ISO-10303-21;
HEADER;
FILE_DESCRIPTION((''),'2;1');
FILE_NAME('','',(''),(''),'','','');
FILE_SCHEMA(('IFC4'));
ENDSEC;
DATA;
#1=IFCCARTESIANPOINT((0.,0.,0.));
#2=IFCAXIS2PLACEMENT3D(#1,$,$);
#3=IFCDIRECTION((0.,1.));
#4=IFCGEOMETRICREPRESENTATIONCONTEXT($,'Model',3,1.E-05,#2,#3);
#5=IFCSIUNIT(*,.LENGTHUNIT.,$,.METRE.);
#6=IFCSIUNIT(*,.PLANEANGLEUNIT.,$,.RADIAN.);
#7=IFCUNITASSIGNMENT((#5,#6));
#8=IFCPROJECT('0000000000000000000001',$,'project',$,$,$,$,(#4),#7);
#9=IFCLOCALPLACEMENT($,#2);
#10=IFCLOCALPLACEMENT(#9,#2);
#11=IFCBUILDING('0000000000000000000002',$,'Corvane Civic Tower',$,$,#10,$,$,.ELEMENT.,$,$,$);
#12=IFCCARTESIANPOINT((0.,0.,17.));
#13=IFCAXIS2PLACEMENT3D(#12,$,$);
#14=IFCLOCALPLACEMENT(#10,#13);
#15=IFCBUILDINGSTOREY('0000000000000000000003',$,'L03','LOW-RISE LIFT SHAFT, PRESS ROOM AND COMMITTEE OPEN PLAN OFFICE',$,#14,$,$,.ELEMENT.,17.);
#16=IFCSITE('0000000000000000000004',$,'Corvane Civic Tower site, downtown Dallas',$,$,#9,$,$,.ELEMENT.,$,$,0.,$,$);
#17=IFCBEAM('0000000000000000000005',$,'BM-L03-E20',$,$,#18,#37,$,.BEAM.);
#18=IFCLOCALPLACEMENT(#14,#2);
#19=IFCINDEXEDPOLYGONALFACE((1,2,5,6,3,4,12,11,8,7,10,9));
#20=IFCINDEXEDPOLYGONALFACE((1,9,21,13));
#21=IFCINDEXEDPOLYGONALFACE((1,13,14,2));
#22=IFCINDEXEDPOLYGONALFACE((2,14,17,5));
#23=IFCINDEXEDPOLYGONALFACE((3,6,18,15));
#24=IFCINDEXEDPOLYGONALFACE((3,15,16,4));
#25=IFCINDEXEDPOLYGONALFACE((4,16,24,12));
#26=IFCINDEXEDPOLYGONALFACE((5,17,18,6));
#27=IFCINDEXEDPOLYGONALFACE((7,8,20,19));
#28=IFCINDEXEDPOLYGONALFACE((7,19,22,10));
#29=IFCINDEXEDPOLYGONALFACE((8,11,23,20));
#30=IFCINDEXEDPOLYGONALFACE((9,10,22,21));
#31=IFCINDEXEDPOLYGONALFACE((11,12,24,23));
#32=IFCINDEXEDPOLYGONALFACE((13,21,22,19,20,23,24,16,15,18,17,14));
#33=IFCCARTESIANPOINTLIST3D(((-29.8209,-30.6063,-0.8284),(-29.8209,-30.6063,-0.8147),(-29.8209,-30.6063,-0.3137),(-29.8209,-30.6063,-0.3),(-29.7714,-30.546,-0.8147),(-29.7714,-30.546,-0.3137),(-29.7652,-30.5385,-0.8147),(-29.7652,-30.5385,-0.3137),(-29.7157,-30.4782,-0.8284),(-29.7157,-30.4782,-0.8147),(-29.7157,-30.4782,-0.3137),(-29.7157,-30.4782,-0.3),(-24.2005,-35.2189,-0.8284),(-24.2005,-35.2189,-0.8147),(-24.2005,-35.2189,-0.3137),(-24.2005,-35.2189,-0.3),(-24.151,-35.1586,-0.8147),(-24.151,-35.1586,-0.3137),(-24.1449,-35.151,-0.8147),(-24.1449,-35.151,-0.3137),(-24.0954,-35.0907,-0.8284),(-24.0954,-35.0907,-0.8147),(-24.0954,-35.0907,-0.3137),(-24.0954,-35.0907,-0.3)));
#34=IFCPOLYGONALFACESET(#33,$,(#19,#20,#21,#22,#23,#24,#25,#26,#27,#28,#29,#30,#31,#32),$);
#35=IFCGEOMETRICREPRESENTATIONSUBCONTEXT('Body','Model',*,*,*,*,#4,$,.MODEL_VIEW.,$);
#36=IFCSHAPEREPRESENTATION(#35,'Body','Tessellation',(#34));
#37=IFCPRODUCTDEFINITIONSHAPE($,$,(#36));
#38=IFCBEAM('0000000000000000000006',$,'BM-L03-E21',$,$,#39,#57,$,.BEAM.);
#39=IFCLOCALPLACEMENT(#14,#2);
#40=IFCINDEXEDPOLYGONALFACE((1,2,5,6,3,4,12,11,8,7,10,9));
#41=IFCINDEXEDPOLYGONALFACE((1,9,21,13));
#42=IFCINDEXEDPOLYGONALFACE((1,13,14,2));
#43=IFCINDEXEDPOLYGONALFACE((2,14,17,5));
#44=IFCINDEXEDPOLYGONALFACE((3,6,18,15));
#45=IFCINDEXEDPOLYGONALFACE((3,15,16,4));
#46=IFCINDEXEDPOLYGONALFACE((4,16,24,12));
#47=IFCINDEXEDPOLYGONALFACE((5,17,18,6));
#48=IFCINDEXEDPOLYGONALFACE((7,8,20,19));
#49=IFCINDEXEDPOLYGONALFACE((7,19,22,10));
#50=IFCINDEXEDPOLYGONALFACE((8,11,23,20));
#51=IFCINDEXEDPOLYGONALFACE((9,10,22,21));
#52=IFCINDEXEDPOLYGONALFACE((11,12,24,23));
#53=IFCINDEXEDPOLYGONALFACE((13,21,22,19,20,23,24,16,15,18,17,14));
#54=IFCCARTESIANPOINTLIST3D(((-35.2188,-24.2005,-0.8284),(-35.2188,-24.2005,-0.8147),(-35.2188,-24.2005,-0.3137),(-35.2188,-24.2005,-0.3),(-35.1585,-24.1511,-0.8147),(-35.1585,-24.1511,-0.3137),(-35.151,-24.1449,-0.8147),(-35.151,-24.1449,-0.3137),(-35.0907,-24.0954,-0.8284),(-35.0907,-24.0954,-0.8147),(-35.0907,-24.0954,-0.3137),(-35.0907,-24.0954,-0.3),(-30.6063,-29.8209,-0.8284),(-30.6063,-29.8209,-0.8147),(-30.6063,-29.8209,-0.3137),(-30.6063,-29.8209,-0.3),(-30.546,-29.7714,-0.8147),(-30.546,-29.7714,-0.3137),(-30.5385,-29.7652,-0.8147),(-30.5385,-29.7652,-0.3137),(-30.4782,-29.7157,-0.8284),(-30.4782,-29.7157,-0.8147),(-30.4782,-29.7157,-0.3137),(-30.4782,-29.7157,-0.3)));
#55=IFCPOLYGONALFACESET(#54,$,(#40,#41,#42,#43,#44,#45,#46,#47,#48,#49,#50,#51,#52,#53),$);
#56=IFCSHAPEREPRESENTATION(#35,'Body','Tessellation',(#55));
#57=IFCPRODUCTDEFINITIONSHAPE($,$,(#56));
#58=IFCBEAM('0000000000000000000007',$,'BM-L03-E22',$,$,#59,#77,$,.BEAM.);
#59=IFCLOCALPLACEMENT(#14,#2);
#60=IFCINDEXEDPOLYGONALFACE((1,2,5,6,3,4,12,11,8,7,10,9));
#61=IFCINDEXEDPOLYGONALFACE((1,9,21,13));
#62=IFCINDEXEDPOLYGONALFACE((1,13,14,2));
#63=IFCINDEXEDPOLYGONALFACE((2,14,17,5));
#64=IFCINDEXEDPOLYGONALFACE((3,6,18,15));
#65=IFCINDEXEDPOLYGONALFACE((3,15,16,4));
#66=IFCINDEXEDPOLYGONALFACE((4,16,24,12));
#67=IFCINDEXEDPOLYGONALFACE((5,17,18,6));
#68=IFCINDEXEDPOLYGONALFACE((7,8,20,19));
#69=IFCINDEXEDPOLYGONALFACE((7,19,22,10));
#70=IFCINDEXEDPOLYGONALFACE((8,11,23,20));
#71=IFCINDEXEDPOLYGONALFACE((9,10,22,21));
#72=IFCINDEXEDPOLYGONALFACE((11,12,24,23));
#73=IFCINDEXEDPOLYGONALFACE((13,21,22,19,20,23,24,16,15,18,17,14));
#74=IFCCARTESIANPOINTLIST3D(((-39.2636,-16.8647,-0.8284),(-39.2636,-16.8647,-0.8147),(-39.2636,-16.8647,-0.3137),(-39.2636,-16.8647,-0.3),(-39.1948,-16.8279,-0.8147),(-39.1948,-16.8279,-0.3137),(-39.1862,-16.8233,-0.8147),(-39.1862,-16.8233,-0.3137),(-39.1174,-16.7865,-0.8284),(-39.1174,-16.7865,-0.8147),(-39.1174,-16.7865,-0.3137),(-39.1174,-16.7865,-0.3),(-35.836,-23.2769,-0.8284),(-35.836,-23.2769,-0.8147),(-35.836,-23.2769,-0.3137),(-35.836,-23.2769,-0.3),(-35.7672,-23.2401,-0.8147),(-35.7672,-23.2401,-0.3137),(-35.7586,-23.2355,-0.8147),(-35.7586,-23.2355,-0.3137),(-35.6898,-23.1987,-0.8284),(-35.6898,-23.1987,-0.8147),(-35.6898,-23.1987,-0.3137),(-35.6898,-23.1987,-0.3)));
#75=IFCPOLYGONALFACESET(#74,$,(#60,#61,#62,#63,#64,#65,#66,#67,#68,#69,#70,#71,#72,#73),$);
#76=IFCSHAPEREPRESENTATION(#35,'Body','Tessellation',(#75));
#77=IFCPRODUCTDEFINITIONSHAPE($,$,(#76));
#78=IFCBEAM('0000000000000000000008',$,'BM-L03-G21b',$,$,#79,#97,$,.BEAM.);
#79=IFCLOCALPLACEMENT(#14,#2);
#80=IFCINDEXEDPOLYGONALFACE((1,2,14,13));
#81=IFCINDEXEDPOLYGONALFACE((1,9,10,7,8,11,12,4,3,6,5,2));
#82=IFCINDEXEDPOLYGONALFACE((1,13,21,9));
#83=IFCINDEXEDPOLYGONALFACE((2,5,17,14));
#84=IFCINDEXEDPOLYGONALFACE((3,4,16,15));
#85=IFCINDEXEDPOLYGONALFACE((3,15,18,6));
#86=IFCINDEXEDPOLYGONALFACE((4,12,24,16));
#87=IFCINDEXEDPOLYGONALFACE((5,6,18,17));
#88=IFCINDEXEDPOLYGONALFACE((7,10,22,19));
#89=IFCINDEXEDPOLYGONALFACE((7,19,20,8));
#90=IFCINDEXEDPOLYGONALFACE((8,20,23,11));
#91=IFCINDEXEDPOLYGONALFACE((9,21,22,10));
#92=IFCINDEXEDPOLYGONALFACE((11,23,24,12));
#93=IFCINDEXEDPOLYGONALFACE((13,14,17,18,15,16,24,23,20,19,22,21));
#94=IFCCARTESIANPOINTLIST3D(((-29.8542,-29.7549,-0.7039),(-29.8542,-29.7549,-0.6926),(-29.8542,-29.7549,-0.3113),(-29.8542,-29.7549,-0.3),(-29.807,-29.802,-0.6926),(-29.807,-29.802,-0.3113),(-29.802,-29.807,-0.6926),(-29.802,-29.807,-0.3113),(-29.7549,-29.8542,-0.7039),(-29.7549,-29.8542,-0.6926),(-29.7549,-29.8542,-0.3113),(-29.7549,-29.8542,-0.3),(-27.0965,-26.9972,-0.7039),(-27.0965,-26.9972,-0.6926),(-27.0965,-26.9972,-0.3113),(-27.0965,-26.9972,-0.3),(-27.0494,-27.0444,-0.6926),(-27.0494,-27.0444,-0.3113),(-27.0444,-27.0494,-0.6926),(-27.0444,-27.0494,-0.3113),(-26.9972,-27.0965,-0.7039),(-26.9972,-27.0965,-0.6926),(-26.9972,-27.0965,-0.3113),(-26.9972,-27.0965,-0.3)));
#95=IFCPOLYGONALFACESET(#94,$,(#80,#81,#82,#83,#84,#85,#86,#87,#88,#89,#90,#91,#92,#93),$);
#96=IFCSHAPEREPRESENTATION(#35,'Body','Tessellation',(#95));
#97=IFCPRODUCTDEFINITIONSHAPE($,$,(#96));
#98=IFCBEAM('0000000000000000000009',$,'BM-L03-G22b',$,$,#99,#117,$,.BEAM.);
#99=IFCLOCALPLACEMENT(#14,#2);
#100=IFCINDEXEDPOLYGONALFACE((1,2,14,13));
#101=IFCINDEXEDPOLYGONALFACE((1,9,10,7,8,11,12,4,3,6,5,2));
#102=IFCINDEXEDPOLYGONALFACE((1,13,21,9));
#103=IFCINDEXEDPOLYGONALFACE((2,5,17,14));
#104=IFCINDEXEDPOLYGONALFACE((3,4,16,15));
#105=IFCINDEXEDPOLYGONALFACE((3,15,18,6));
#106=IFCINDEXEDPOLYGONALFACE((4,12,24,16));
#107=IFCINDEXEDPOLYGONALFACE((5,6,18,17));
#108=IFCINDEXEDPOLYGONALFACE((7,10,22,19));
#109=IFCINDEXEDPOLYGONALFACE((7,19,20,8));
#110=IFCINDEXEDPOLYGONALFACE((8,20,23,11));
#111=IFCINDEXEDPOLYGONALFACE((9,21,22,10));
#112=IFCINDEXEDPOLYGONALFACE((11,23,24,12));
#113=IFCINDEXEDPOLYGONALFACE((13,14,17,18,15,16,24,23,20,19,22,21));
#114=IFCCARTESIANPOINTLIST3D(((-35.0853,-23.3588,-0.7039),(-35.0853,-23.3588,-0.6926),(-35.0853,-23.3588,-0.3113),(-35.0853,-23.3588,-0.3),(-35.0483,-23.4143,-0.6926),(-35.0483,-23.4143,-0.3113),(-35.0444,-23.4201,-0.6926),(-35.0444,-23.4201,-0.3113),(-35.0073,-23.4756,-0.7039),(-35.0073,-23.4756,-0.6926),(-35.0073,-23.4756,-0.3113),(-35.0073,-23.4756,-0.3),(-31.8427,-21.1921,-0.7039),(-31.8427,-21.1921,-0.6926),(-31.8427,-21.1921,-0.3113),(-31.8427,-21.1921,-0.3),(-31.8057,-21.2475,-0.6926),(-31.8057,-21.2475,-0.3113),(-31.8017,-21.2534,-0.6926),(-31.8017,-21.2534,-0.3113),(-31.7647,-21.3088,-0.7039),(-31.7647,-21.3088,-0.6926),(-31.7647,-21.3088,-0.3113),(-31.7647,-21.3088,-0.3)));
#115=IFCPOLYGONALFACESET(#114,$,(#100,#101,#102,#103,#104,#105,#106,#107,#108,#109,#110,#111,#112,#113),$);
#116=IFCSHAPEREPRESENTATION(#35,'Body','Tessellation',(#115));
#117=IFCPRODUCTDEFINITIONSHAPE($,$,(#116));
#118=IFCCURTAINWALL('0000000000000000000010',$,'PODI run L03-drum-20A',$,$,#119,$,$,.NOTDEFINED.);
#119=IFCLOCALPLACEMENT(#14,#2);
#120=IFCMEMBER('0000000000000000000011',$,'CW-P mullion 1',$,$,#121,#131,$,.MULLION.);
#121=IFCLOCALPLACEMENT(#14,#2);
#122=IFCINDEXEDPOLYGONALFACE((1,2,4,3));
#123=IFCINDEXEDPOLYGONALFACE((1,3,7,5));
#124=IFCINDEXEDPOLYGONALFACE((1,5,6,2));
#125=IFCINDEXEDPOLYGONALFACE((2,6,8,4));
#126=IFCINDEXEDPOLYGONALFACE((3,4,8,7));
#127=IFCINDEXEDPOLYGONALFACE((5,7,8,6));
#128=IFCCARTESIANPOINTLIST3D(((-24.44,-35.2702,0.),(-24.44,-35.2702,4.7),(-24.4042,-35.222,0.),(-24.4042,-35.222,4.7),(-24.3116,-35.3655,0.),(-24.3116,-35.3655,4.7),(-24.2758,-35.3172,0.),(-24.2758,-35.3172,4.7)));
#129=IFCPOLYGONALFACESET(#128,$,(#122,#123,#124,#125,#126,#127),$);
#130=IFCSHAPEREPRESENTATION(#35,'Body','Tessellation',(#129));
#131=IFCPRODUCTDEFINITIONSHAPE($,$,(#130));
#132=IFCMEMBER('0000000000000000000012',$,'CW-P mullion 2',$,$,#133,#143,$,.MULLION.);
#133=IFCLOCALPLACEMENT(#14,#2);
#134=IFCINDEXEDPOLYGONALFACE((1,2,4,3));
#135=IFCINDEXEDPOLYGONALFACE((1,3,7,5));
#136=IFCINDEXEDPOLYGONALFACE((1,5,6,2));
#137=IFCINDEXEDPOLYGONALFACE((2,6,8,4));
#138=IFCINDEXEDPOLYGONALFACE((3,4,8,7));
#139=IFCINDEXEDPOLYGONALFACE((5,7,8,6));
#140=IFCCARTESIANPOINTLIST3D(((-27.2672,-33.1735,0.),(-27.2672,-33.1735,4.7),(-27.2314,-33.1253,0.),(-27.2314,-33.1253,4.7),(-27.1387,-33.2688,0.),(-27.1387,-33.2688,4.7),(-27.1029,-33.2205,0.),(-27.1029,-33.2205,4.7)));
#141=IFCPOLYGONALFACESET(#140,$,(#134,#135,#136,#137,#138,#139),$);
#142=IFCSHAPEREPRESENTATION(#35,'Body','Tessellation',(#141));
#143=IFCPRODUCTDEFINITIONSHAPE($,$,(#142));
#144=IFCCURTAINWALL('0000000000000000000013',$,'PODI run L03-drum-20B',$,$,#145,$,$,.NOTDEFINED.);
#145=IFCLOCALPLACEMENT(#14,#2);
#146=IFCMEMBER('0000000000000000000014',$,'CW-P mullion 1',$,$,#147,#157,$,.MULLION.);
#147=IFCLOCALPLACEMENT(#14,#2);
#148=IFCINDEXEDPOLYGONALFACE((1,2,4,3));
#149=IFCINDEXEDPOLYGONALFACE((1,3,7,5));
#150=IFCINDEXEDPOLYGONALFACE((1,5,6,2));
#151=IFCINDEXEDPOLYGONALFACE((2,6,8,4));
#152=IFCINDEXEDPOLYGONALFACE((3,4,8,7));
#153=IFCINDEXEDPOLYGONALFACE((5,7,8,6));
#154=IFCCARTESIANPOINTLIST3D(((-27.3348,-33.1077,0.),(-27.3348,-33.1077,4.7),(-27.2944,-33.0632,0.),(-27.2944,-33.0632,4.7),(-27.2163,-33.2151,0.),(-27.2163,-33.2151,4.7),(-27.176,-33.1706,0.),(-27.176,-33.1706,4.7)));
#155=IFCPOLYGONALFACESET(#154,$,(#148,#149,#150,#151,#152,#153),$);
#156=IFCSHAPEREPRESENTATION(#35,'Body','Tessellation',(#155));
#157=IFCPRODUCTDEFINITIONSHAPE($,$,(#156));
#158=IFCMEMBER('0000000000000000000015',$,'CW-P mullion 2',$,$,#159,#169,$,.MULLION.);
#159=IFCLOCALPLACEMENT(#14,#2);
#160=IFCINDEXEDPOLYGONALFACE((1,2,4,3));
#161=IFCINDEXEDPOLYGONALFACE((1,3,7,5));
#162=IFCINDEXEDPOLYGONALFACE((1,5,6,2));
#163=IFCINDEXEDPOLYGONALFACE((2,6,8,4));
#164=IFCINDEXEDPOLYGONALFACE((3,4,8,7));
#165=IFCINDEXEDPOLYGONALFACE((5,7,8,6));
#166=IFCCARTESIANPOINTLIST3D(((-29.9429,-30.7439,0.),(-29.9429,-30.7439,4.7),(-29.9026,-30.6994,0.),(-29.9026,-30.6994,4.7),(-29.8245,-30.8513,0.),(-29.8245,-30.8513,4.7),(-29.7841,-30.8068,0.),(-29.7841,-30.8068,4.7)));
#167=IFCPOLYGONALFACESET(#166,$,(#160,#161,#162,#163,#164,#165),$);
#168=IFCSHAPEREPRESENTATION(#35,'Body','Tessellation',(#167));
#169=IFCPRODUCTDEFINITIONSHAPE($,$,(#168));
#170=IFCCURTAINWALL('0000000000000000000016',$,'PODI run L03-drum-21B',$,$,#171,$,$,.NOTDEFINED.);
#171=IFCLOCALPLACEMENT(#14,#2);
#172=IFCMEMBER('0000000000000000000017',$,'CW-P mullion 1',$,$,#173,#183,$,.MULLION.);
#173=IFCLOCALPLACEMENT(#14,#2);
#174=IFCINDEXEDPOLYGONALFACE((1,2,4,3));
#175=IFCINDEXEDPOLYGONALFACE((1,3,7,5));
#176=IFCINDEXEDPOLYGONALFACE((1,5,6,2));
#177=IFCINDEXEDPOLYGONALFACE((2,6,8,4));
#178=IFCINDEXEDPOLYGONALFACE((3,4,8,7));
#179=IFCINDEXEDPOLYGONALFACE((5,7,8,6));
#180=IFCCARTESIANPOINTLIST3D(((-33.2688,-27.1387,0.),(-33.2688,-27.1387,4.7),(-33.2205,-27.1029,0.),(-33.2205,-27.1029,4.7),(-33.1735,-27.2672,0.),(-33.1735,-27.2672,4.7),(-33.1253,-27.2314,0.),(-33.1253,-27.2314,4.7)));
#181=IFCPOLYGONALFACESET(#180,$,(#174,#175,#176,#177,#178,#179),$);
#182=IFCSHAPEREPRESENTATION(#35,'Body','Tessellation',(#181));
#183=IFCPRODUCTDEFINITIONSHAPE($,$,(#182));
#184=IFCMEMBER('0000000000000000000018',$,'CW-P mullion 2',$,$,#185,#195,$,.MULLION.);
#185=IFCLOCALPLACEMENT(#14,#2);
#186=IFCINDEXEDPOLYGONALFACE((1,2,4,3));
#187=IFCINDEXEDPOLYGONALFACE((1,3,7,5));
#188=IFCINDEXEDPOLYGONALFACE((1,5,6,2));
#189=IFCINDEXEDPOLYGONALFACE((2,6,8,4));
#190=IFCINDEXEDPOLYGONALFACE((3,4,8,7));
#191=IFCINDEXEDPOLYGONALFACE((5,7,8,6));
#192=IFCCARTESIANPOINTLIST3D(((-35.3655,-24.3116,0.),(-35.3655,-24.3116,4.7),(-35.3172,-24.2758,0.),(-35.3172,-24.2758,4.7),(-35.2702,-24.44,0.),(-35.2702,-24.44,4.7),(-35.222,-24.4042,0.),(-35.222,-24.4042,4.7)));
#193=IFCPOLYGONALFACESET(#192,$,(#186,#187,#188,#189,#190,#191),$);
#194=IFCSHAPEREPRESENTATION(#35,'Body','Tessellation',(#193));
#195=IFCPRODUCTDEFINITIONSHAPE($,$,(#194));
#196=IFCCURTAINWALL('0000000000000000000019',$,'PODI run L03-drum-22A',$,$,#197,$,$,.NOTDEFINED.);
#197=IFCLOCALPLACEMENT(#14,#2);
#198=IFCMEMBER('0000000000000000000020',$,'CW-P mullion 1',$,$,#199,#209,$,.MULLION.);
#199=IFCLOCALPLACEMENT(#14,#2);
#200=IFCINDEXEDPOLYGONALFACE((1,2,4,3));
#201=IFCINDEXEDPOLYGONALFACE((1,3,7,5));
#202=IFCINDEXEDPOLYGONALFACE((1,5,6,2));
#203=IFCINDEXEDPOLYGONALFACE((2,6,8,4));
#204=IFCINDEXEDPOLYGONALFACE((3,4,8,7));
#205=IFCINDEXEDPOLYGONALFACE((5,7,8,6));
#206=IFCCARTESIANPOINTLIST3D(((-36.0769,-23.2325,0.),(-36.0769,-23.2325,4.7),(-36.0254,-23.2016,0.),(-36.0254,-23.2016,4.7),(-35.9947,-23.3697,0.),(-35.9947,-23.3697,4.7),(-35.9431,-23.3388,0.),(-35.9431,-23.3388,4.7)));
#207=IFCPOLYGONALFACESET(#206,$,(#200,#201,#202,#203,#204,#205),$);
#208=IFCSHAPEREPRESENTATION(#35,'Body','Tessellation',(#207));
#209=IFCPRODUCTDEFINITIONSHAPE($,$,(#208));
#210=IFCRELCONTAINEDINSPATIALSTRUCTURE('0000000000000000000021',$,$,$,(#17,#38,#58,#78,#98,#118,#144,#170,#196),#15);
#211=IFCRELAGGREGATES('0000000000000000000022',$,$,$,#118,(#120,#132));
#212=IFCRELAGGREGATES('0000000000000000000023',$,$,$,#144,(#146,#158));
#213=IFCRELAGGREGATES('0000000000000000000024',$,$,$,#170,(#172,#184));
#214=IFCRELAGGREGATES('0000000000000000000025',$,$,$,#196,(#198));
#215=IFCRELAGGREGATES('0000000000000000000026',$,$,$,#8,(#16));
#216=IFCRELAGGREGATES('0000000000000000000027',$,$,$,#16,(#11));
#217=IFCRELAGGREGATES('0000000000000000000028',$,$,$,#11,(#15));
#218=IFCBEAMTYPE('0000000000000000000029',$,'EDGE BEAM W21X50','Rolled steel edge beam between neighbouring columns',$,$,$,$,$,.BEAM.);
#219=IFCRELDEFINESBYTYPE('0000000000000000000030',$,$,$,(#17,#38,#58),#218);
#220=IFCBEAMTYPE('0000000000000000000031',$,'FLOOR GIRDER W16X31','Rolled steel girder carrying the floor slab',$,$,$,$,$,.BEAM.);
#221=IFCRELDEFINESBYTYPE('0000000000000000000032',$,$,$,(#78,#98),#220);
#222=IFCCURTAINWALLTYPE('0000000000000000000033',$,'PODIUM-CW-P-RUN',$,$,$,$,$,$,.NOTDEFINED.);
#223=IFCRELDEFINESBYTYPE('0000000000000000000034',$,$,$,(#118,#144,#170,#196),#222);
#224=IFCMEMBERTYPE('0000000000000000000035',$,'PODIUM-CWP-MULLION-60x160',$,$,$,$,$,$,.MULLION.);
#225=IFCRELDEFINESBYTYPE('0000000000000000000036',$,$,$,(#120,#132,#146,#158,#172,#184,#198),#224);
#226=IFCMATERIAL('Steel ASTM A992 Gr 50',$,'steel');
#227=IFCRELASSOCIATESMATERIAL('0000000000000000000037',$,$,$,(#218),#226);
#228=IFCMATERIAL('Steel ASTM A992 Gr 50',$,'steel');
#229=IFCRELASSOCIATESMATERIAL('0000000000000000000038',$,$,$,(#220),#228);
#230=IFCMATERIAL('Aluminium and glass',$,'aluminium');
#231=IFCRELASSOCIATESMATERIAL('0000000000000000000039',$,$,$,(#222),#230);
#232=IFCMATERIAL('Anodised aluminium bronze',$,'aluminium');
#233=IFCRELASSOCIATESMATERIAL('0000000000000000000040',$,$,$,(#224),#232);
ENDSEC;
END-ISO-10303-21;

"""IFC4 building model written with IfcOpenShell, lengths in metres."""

from ifc_helpers import new_model, si_unit, direction, frame, origin, origin_2d, place, context, subcontext, project, spatial, rectangle, i_section, extrude, material, material_profile, profile_set, type_object, element, aggregate, save


model = new_model("IFC4")

# Units and contexts
model_context = context("Model", 3, precision=1e-05, world=origin(), true_north=direction((0.0, 1.0)))
body_context = subcontext(model_context, "Body", "Model", "MODEL_VIEW")
ifc_project = project(units=[si_unit("LENGTHUNIT", "METRE"), si_unit("PLANEANGLEUNIT", "RADIAN")], contexts=[model_context])

# Site, building, storey
site_placement = place(None, origin())
site = spatial("IfcSite", under=ifc_project, at=site_placement, Name="Corvane Civic Tower site, downtown Dallas", CompositionType="ELEMENT", RefElevation=0.0)
building_placement = place(site_placement, origin())
building = spatial("IfcBuilding", under=site, at=building_placement, Name="Corvane Civic Tower", CompositionType="ELEMENT")
storey_placement = place(building_placement, frame((0.0, 0.0, 17.0)))
storey = spatial("IfcBuildingStorey", under=building, at=storey_placement, Name="L03", Description="LOW-RISE LIFT SHAFT, PRESS ROOM AND COMMITTEE OPEN PLAN OFFICE", CompositionType="ELEMENT", Elevation=17.0)

# Beams
ifc_material_1 = material(Name="Steel ASTM A992 Gr 50", Category="steel")
ifc_material_profile_1 = material_profile(ifc_material_1, i_section(OverallWidth=0.1658, OverallDepth=0.5283, WebThickness=0.0098, FlangeThickness=0.0137, at=origin_2d()), Name="W21X50")
ifc_profile_set_1 = profile_set([ifc_material_profile_1], Name="Steel ASTM A992 Gr 50")
beam_type_1 = type_object("IfcBeamType", Name="EDGE BEAM W21X50", Description="Rolled steel edge beam between neighbouring columns", PredefinedType="BEAM", material=ifc_profile_set_1)
for number, where, z_axis, x_axis, name in (
    (1, (-24.1479, -35.1548, -0.5642), (-0.773008, 0.634396, 0.0), (-0.634396, -0.773008, 0.0), "BM-L03-E20"),
    (2, (-30.5422, -29.7683, -0.5642), (-0.634396, 0.773008, 0.0), (-0.773008, -0.634396, 0.0), "BM-L03-E21"),
    (3, (-35.7629, -23.2378, -0.5642), (-0.471412, 0.881913, 0.0), (-0.881913, -0.471412, 0.0), "BM-L03-E22"),
):
    element("IfcBeam", number, at=place(storey_placement, frame(where, z_axis=z_axis, x_axis=x_axis)), inside=storey, type_object=beam_type_1, Name=name, PredefinedType="BEAM", context=body_context, shape_type="SweptSolid", body=[
        extrude(i_section(OverallWidth=0.1658, OverallDepth=0.5283, WebThickness=0.0098, FlangeThickness=0.0137, at=origin_2d()), origin(), (0.0, 0.0, 1.0), 7.2708),
    ])
ifc_material_2 = material(Name="Steel ASTM A992 Gr 50", Category="steel")
ifc_material_profile_2 = material_profile(ifc_material_2, i_section(OverallWidth=0.1404, OverallDepth=0.4038, WebThickness=0.0071, FlangeThickness=0.0112, at=origin_2d()), Name="W16X31")
ifc_profile_set_2 = profile_set([ifc_material_profile_2], Name="Steel ASTM A992 Gr 50")
beam_type_2 = type_object("IfcBeamType", Name="FLOOR GIRDER W16X31", Description="Rolled steel girder carrying the floor slab", PredefinedType="BEAM", material=ifc_profile_set_2)
for number, where, z_axis, x_axis, name in (
    (4, (-27.0469, -27.0469, -0.502), (-0.707107, -0.707107, 0.0), (0.707107, -0.707107, 0.0), "BM-L03-G21b"),
    (5, (-31.8037, -21.2505, -0.502), (-0.831462, -0.555581, 0.0), (0.555581, -0.831462, 0.0), "BM-L03-G22b"),
):
    element("IfcBeam", number, at=place(storey_placement, frame(where, z_axis=z_axis, x_axis=x_axis)), inside=storey, type_object=beam_type_2, Name=name, PredefinedType="BEAM", context=body_context, shape_type="SweptSolid", body=[
        extrude(i_section(OverallWidth=0.1404, OverallDepth=0.4038, WebThickness=0.0071, FlangeThickness=0.0112, at=origin_2d()), origin(), (0.0, 0.0, 1.0), 3.8999),
    ])

# Curtain walls, members
ifc_material_3 = material(Name="Aluminium and glass", Category="aluminium")
curtain_wall_type = type_object("IfcCurtainWallType", Name="PODIUM-CW-P-RUN", PredefinedType="NOTDEFINED", material=ifc_material_3)
curtain_wall_1_placement = place(storey_placement, origin())
curtain_wall_1 = element("IfcCurtainWall", 6, at=curtain_wall_1_placement, inside=storey, type_object=curtain_wall_type, Name="PODI run L03-drum-20A", PredefinedType="NOTDEFINED")
ifc_material_4 = material(Name="Anodised aluminium bronze", Category="aluminium")
ifc_material_profile_3 = material_profile(ifc_material_4, rectangle(XDim=0.0601, YDim=0.1599, at=origin_2d()), Name="AL 60x160")
ifc_profile_set_3 = profile_set([ifc_material_profile_3], Name="Anodised aluminium bronze")
member_type_1 = type_object("IfcMemberType", Name="PODIUM-CWP-MULLION-60x160", PredefinedType="MULLION", material=ifc_profile_set_3)
member_1_placement = place(storey_placement, frame((-24.3579, -35.2937, 0.0), z_axis=(0.0, 0.0, 1.0), x_axis=(-0.595705, -0.803203, 0.0)))
member_1 = element("IfcMember", 7, at=member_1_placement, type_object=member_type_1, Name="CW-P mullion 1", PredefinedType="MULLION", context=body_context, shape_type="SweptSolid", body=[
    extrude(rectangle(XDim=0.0601, YDim=0.1599, at=origin_2d()), origin(), (0.0, 0.0, 1.0), 4.7),
])
member_2_placement = place(storey_placement, frame((-27.1851, -33.197, 0.0), z_axis=(0.0, 0.0, 1.0), x_axis=(-0.595705, -0.803203, 0.0)))
member_2 = element("IfcMember", 8, at=member_2_placement, type_object=member_type_1, Name="CW-P mullion 2", PredefinedType="MULLION", context=body_context, shape_type="SweptSolid", body=[
    extrude(rectangle(XDim=0.0601, YDim=0.1599, at=origin_2d()), origin(), (0.0, 0.0, 1.0), 4.7),
])
curtain_wall_2_placement = place(storey_placement, origin())
curtain_wall_2 = element("IfcCurtainWall", 9, at=curtain_wall_2_placement, inside=storey, type_object=curtain_wall_type, Name="PODI run L03-drum-20B", PredefinedType="NOTDEFINED")
member_3_placement = place(storey_placement, frame((-27.2554, -33.1392, 0.0), z_axis=(0.0, 0.0, 1.0), x_axis=(-0.671576, -0.740935, 0.0)))
member_3 = element("IfcMember", 10, at=member_3_placement, type_object=member_type_1, Name="CW-P mullion 1", PredefinedType="MULLION", context=body_context, shape_type="SweptSolid", body=[
    extrude(rectangle(XDim=0.0601, YDim=0.1599, at=origin_2d()), origin(), (0.0, 0.0, 1.0), 4.7),
])
member_4_placement = place(storey_placement, frame((-29.8635, -30.7754, 0.0), z_axis=(0.0, 0.0, 1.0), x_axis=(-0.671576, -0.740935, 0.0)))
member_4 = element("IfcMember", 11, at=member_4_placement, type_object=member_type_1, Name="CW-P mullion 2", PredefinedType="MULLION", context=body_context, shape_type="SweptSolid", body=[
    extrude(rectangle(XDim=0.0601, YDim=0.1599, at=origin_2d()), origin(), (0.0, 0.0, 1.0), 4.7),
])
curtain_wall_3_placement = place(storey_placement, origin())
curtain_wall_3 = element("IfcCurtainWall", 12, at=curtain_wall_3_placement, inside=storey, type_object=curtain_wall_type, Name="PODI run L03-drum-21B", PredefinedType="NOTDEFINED")
member_5_placement = place(storey_placement, frame((-33.197, -27.1851, 0.0), z_axis=(0.0, 0.0, 1.0), x_axis=(-0.803203, -0.595705, 0.0)))
member_5 = element("IfcMember", 13, at=member_5_placement, type_object=member_type_1, Name="CW-P mullion 1", PredefinedType="MULLION", context=body_context, shape_type="SweptSolid", body=[
    extrude(rectangle(XDim=0.0601, YDim=0.1599, at=origin_2d()), origin(), (0.0, 0.0, 1.0), 4.7),
])
member_6_placement = place(storey_placement, frame((-35.2937, -24.3579, 0.0), z_axis=(0.0, 0.0, 1.0), x_axis=(-0.803203, -0.595705, 0.0)))
member_6 = element("IfcMember", 14, at=member_6_placement, type_object=member_type_1, Name="CW-P mullion 2", PredefinedType="MULLION", context=body_context, shape_type="SweptSolid", body=[
    extrude(rectangle(XDim=0.0601, YDim=0.1599, at=origin_2d()), origin(), (0.0, 0.0, 1.0), 4.7),
])
curtain_wall_4_placement = place(storey_placement, origin())
curtain_wall_4 = element("IfcCurtainWall", 15, at=curtain_wall_4_placement, inside=storey, type_object=curtain_wall_type, Name="PODI run L03-drum-22A", PredefinedType="NOTDEFINED")
member_7_placement = place(storey_placement, frame((-36.01, -23.2856, 0.0), z_axis=(0.0, 0.0, 1.0), x_axis=(-0.85772, -0.514118, 0.0)))
member_7 = element("IfcMember", 16, at=member_7_placement, type_object=member_type_1, Name="CW-P mullion 1", PredefinedType="MULLION", context=body_context, shape_type="SweptSolid", body=[
    extrude(rectangle(XDim=0.0601, YDim=0.1599, at=origin_2d()), origin(), (0.0, 0.0, 1.0), 4.7),
])

aggregate(curtain_wall_1, [member_1, member_2])
aggregate(curtain_wall_2, [member_3, member_4])
aggregate(curtain_wall_3, [member_5, member_6])
aggregate(curtain_wall_4, [member_7])

save(model, "model.ifc")
